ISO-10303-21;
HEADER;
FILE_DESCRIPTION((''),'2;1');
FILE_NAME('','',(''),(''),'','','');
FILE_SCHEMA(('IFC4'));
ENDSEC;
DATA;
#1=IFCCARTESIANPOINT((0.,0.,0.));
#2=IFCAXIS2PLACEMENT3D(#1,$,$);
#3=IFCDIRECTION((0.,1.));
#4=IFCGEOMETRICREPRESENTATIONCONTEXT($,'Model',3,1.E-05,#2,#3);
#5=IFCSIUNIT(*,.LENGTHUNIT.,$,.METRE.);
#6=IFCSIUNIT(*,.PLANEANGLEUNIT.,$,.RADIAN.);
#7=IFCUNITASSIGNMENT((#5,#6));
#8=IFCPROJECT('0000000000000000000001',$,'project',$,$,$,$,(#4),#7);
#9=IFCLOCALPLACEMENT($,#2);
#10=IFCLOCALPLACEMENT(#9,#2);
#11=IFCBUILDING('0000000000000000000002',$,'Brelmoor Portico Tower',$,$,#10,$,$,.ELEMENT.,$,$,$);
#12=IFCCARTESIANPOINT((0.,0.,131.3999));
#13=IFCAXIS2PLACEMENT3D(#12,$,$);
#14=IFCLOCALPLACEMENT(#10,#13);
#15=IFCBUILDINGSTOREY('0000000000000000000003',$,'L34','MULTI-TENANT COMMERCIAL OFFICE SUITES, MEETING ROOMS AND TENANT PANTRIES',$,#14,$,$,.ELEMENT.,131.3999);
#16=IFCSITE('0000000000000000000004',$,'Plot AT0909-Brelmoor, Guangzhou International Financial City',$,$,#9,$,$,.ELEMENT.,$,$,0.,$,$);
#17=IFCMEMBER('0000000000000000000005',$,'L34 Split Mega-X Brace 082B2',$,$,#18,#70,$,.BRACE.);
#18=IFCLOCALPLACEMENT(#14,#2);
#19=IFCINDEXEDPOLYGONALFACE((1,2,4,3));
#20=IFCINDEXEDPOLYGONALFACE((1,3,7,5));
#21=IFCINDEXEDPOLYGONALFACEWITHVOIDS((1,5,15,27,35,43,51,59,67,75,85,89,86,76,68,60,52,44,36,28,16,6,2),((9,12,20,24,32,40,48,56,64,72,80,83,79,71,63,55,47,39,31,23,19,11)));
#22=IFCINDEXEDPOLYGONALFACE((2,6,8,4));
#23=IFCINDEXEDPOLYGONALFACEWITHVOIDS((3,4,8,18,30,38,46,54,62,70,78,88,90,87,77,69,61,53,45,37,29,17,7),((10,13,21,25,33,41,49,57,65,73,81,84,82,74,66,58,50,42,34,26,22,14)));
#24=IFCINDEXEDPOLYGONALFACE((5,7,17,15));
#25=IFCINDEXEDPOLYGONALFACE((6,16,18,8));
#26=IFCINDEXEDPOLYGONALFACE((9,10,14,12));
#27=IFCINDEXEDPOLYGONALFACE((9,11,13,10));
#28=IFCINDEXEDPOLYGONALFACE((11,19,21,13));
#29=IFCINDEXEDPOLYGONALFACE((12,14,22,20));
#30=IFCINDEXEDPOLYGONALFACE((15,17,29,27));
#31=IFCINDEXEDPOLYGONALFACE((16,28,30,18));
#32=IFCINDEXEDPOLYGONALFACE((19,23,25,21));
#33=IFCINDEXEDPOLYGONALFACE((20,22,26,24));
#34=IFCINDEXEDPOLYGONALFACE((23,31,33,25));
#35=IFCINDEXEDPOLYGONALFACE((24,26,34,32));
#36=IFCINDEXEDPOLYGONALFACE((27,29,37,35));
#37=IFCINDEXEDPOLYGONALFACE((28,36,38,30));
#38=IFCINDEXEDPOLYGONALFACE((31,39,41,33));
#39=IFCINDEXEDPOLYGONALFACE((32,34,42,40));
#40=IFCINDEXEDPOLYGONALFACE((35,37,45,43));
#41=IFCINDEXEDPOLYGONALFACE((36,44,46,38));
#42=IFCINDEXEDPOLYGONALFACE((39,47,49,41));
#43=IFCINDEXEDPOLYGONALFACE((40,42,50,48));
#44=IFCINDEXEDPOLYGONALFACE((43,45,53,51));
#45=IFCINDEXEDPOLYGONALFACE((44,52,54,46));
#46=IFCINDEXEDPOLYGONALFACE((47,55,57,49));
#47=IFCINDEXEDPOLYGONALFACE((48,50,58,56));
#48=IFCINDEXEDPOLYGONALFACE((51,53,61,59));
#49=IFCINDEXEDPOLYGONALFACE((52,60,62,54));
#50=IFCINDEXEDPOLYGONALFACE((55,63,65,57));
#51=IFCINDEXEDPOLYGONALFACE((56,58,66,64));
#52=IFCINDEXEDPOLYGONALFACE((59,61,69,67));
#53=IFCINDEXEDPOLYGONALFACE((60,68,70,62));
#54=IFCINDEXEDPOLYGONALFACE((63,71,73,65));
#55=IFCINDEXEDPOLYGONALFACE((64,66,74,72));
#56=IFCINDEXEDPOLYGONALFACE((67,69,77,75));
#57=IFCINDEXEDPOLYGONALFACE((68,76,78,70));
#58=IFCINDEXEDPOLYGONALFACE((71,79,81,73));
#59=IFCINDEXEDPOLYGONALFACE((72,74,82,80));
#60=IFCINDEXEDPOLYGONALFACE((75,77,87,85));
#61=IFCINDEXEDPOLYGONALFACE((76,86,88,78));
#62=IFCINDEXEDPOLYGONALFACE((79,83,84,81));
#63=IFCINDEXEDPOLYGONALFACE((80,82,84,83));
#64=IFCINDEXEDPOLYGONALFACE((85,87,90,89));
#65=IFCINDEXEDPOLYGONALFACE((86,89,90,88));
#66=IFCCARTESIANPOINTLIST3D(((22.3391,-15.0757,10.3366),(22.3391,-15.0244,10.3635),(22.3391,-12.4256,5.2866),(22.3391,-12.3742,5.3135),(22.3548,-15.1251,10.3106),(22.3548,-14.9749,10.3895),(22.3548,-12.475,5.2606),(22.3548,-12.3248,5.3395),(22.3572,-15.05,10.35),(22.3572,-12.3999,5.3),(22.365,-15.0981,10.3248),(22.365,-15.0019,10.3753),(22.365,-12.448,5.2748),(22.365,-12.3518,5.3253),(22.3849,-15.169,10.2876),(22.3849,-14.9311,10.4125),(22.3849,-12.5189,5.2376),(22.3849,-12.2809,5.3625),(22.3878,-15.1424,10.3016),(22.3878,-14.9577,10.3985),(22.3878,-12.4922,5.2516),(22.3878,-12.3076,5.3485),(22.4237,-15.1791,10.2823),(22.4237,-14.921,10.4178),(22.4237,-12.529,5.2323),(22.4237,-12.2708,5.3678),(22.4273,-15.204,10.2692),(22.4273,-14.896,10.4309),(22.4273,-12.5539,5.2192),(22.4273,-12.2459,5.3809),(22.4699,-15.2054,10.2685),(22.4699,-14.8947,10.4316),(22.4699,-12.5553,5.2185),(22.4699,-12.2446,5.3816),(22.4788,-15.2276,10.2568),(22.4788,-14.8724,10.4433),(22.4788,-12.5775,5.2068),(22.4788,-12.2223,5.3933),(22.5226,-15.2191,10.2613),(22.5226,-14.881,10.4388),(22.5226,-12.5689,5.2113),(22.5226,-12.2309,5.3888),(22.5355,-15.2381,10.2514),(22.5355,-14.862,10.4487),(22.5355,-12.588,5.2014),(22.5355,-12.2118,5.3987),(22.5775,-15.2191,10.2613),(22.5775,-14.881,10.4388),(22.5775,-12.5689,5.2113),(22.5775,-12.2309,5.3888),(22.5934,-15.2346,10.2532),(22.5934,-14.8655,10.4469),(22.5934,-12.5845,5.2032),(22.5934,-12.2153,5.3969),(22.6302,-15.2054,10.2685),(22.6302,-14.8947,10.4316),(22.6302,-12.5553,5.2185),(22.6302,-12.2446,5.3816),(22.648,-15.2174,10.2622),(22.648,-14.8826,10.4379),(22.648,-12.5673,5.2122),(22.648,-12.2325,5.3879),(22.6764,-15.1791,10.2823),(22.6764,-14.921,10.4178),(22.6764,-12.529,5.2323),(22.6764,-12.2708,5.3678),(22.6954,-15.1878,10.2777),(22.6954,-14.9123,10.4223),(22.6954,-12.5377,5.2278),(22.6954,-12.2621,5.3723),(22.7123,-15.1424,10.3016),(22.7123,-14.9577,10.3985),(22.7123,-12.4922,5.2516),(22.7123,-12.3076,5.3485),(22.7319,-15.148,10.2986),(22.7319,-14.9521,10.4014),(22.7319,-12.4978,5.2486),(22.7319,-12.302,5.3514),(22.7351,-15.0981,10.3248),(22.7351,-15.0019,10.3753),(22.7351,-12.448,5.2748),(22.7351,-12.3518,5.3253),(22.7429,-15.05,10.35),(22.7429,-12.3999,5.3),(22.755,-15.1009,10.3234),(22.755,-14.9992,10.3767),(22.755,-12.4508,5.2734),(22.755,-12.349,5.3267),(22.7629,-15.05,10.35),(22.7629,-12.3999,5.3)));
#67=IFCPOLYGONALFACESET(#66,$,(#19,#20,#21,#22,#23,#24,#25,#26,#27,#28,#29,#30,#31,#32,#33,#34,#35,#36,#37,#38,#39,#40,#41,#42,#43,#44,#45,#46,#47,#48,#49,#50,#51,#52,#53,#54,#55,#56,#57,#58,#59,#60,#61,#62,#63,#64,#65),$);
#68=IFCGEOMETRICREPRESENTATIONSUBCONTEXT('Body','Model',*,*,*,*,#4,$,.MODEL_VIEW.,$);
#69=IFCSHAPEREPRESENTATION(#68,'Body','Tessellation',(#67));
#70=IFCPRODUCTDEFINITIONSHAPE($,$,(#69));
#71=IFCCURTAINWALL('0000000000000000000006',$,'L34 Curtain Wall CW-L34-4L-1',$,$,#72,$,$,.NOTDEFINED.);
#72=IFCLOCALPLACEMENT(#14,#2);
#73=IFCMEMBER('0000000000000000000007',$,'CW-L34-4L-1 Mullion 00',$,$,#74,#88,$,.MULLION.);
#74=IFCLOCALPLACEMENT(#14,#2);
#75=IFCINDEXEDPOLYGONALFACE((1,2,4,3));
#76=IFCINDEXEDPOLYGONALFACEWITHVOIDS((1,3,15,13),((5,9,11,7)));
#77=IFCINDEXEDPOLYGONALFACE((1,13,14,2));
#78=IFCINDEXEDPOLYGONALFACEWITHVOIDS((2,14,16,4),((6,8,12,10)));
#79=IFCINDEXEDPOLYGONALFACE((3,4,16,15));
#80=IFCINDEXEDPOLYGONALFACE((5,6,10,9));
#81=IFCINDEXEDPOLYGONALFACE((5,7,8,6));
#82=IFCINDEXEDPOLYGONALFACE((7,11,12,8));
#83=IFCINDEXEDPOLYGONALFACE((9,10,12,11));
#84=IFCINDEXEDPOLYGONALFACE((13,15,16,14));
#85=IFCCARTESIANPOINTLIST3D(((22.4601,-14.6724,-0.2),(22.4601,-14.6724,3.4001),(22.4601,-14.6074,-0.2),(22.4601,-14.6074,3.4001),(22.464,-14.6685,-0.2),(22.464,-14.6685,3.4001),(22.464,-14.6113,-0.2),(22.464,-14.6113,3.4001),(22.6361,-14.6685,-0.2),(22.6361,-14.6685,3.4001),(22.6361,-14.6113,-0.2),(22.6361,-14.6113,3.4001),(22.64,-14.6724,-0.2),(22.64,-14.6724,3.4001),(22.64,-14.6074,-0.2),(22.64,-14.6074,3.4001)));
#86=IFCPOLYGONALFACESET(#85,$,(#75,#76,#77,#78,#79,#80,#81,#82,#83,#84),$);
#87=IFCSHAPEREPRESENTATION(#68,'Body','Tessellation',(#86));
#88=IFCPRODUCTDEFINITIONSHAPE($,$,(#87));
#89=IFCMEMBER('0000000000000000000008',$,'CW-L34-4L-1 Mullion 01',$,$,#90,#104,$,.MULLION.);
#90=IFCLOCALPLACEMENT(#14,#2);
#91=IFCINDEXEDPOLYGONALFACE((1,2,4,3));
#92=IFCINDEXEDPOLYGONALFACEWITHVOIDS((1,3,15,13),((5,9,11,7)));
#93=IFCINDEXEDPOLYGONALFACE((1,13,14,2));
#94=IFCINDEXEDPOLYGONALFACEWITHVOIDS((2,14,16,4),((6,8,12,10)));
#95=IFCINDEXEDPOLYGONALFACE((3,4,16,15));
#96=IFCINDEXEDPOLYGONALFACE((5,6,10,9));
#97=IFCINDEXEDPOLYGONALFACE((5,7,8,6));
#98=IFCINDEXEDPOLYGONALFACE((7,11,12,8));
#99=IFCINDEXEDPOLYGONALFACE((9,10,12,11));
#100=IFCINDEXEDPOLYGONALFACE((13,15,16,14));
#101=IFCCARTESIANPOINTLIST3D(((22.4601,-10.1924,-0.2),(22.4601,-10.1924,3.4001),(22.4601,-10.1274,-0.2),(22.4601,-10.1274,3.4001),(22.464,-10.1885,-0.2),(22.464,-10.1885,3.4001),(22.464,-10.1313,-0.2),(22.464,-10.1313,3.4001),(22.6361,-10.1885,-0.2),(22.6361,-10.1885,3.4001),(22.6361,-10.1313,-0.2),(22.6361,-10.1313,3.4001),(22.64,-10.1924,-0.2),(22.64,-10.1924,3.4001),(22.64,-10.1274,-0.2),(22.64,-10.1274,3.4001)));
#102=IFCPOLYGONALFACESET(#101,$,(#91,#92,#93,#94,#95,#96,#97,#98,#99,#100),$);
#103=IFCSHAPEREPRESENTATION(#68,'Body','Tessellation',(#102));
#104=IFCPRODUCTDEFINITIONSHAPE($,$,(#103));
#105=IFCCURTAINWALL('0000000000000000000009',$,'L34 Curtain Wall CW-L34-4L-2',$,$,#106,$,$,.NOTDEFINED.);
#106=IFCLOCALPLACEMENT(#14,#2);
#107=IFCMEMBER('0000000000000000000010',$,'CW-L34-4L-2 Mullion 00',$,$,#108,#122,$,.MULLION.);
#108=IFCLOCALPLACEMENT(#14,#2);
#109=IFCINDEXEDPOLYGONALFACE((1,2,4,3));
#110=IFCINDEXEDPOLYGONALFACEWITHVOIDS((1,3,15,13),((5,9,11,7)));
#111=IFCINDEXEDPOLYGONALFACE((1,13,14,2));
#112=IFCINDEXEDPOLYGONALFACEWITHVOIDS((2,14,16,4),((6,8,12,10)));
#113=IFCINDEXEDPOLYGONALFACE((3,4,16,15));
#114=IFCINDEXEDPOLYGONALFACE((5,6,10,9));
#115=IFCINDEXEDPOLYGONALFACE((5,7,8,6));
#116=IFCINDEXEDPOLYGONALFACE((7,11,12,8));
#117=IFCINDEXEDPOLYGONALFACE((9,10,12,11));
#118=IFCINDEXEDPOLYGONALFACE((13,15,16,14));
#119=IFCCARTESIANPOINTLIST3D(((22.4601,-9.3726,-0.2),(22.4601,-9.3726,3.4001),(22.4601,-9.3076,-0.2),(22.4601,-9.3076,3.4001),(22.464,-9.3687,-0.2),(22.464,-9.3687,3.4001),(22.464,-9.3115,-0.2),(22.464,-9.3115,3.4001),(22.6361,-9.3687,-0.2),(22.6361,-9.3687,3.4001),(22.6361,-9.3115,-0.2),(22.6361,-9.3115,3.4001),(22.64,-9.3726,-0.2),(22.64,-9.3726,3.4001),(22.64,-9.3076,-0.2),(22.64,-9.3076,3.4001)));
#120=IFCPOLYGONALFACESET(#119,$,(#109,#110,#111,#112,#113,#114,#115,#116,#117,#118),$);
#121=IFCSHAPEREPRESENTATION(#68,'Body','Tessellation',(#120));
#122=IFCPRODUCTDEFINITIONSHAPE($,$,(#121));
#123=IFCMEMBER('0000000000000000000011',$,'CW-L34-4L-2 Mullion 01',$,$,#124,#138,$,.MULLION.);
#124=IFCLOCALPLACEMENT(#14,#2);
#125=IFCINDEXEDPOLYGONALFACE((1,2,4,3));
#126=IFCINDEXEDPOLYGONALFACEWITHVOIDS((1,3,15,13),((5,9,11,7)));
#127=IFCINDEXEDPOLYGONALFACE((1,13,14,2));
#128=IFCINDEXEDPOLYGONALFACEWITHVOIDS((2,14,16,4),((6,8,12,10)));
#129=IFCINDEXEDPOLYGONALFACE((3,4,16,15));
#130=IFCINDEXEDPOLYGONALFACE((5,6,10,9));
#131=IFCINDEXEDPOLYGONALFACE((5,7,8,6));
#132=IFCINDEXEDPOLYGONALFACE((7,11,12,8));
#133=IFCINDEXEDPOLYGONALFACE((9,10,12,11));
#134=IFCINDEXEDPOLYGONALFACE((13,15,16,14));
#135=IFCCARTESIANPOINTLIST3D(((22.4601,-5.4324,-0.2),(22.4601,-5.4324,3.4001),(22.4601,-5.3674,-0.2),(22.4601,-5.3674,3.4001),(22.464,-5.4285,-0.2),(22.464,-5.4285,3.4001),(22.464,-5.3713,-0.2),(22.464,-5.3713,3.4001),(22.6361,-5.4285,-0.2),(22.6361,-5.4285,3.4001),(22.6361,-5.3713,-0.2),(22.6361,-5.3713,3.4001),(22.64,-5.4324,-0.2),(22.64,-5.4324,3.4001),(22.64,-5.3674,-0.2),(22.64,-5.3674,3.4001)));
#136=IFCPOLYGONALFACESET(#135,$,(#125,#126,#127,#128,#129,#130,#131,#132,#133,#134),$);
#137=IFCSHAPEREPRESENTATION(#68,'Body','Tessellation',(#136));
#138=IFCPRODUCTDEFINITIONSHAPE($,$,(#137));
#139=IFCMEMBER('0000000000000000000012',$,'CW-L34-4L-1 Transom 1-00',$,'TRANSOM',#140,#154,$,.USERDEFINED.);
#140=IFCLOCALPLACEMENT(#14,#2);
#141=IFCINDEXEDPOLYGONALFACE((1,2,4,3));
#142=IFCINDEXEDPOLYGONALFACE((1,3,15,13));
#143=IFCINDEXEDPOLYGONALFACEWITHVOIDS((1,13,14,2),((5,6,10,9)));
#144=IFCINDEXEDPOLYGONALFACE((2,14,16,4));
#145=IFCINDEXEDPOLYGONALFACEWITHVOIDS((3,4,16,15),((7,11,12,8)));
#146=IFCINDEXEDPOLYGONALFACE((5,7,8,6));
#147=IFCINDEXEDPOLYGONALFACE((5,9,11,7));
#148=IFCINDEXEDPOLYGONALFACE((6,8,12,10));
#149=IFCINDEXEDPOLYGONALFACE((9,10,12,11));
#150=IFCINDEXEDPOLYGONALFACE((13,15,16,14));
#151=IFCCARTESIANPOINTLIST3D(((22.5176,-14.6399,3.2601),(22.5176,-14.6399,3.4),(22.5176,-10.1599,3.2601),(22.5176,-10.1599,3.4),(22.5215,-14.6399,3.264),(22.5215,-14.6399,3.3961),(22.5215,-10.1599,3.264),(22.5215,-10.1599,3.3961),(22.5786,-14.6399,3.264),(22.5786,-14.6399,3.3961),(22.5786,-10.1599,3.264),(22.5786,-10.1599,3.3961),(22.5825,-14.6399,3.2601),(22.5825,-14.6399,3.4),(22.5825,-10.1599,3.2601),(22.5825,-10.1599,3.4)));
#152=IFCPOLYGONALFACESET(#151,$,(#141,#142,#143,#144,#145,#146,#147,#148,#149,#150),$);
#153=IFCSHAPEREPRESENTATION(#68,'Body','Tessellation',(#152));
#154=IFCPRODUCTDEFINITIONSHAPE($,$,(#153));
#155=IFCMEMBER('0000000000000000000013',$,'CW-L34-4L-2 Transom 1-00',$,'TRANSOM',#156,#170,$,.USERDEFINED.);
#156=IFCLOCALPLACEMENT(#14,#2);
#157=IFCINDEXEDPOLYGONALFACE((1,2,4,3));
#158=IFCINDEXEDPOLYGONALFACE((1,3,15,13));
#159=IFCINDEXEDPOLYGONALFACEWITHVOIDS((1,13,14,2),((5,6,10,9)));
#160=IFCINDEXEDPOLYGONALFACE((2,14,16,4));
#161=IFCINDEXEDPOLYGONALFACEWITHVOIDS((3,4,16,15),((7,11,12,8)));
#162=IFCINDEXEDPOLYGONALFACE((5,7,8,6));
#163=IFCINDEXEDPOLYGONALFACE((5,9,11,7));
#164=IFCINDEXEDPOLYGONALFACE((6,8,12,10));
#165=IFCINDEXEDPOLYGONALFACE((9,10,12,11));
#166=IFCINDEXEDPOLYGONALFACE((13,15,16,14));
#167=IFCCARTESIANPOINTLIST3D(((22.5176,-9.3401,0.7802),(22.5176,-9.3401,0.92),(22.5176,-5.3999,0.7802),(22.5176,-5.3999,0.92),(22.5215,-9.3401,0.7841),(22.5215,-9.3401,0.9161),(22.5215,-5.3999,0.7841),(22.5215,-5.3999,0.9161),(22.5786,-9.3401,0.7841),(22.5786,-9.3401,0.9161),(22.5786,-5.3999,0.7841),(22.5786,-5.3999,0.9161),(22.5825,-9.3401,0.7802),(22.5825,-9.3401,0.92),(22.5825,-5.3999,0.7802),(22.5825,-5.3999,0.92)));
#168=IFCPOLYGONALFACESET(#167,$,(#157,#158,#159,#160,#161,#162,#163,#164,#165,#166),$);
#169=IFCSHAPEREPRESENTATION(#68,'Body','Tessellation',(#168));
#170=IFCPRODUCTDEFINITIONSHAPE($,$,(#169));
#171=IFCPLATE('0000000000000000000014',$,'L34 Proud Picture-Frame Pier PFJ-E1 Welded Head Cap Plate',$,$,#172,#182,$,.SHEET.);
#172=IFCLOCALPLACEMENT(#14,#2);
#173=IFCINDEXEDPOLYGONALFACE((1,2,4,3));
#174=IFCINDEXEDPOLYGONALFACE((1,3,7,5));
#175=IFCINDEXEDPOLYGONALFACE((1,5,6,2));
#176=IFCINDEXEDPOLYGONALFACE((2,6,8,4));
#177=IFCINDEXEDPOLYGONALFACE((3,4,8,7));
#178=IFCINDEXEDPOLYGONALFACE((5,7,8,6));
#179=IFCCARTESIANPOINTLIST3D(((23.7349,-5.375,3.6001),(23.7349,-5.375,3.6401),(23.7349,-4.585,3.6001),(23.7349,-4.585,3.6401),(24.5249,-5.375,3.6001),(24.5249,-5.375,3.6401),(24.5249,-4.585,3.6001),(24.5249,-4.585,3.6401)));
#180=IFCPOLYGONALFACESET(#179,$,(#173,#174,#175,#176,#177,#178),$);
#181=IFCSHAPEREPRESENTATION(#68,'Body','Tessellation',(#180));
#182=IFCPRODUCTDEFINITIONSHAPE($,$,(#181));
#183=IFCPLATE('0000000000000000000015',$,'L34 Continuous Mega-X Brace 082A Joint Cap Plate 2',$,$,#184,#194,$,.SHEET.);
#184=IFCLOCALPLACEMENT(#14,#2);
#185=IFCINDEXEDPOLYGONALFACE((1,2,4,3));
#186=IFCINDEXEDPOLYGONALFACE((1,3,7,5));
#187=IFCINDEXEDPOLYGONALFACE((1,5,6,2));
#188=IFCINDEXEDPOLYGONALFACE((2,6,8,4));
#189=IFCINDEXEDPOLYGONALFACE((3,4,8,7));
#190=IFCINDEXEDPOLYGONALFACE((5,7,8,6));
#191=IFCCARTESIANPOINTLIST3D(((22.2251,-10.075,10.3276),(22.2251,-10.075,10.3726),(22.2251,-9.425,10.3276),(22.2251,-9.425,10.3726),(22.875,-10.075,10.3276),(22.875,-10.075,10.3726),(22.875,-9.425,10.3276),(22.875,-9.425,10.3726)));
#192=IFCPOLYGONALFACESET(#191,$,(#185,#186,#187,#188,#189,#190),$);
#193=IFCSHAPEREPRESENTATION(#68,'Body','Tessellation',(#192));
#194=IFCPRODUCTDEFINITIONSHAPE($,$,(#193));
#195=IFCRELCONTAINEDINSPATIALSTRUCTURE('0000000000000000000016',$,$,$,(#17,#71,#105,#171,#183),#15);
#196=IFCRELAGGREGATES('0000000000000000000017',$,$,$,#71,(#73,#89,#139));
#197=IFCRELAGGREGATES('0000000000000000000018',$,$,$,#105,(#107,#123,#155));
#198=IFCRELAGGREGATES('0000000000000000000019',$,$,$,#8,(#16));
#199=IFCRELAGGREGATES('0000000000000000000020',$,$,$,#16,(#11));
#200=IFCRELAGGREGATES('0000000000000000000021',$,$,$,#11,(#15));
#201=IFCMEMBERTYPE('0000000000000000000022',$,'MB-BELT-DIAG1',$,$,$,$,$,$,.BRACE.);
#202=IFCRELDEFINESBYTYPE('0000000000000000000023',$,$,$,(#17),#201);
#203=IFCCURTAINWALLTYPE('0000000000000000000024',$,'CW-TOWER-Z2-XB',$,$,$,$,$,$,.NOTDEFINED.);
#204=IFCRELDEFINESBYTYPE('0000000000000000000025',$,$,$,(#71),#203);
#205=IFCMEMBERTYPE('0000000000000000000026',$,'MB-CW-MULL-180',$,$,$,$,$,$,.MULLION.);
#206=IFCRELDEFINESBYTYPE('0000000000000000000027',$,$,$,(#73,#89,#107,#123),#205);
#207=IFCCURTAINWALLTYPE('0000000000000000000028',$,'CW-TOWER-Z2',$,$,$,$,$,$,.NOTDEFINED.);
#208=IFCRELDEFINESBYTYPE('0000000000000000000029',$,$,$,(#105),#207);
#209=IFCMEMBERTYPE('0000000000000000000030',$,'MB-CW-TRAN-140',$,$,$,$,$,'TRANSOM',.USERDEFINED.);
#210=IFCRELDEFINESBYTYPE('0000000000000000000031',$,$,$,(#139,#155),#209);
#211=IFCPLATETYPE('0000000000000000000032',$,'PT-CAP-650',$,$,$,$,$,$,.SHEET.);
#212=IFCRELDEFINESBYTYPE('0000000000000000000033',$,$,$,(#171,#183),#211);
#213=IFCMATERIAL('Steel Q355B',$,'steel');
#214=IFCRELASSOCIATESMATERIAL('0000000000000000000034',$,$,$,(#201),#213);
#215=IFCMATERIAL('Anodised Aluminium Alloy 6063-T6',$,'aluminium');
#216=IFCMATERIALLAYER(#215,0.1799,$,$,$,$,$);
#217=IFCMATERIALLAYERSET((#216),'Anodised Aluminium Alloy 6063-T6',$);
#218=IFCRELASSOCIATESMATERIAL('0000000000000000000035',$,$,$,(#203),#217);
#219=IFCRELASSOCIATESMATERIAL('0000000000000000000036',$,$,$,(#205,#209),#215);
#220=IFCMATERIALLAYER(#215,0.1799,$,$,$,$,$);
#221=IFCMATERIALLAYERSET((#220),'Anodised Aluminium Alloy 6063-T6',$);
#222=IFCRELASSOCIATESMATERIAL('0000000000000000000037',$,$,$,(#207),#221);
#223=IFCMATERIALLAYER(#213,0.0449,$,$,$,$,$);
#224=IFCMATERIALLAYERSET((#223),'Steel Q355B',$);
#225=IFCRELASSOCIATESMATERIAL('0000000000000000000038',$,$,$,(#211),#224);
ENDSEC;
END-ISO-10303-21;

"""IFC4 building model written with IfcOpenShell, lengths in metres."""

from ifc_helpers import new_model, si_unit, direction, frame, origin, origin_2d, place, context, subcontext, project, spatial, rectangle, hollow_rectangle, hollow_circle, extrude, material, layer, layer_set, material_profile, profile_set, type_object, element, aggregate, save


model = new_model("IFC4")

# Units and contexts
model_context = context("Model", 3, precision=1e-05, world=origin(), true_north=direction((0.0, 1.0)))
body_context = subcontext(model_context, "Body", "Model", "MODEL_VIEW")
ifc_project = project(units=[si_unit("LENGTHUNIT", "METRE"), si_unit("PLANEANGLEUNIT", "RADIAN")], contexts=[model_context])

# Site, building, storey
site_placement = place(None, origin())
site = spatial("IfcSite", under=ifc_project, at=site_placement, Name="Plot AT0909-Brelmoor, Guangzhou International Financial City", CompositionType="ELEMENT", RefElevation=0.0)
building_placement = place(site_placement, origin())
building = spatial("IfcBuilding", under=site, at=building_placement, Name="Brelmoor Portico Tower", CompositionType="ELEMENT")
storey_placement = place(building_placement, frame((0.0, 0.0, 131.3999)))
storey = spatial("IfcBuildingStorey", under=building, at=storey_placement, Name="L34", Description="MULTI-TENANT COMMERCIAL OFFICE SUITES, MEETING ROOMS AND TENANT PANTRIES", CompositionType="ELEMENT", Elevation=131.3999)

# Shared definitions
ifc_material_1 = material(Name="Steel Q355B", Category="steel")

# Member
ifc_material_profile_1 = material_profile(ifc_material_1, hollow_circle(Radius=0.2129, WallThickness=0.02, at=origin_2d()), Name="CHS 426x20")
ifc_profile_set_1 = profile_set([ifc_material_profile_1], Name="Steel Q355B")
member_type_1 = type_object("IfcMemberType", Name="MB-BELT-DIAG1", PredefinedType="BRACE", material=ifc_profile_set_1)
for number, where, z_axis, x_axis, name in (
    (1, (22.55, -12.3999, 5.3), (0.0, -0.464679, 0.885479), (1.0, 0.0, 0.0), "L34 Split Mega-X Brace 082B2"),
):
    element("IfcMember", number, at=place(storey_placement, frame(where, z_axis=z_axis, x_axis=x_axis)), inside=storey, type_object=member_type_1, Name=name, PredefinedType="BRACE", context=body_context, shape_type="SweptSolid", body=[
        extrude(hollow_circle(Radius=0.2129, WallThickness=0.02, at=origin_2d()), origin(), (0.0, 0.0, 1.0), 5.7031),
    ])

# Curtain walls, members
ifc_material_2 = material(Name="Anodised Aluminium Alloy 6063-T6", Category="aluminium")
ifc_layer_1 = layer(ifc_material_2, 0.1799)
ifc_layer_set_1 = layer_set([ifc_layer_1], Name="Anodised Aluminium Alloy 6063-T6")
curtain_wall_type_1 = type_object("IfcCurtainWallType", Name="CW-TOWER-Z2-XB", PredefinedType="NOTDEFINED", material=ifc_layer_set_1)
curtain_wall_1_placement = place(storey_placement, origin())
curtain_wall_1 = element("IfcCurtainWall", 2, at=curtain_wall_1_placement, inside=storey, type_object=curtain_wall_type_1, Name="L34 Curtain Wall CW-L34-4L-1", PredefinedType="NOTDEFINED")
ifc_material_profile_2 = material_profile(ifc_material_2, hollow_rectangle(XDim=0.0649, YDim=0.1799, WallThickness=0.0039, at=origin_2d()), Name="ALU MULLION 65x180")
ifc_profile_set_2 = profile_set([ifc_material_profile_2], Name="Anodised Aluminium Alloy 6063-T6")
member_type_2 = type_object("IfcMemberType", Name="MB-CW-MULL-180", PredefinedType="MULLION", material=ifc_profile_set_2)
member_1_placement = place(storey_placement, frame((22.55, -14.6399, -0.2), z_axis=(0.0, 0.0, 1.0), x_axis=(0.0, 1.0, 0.0)))
member_1 = element("IfcMember", 3, at=member_1_placement, type_object=member_type_2, Name="CW-L34-4L-1 Mullion 00", PredefinedType="MULLION", context=body_context, shape_type="SweptSolid", body=[
    extrude(hollow_rectangle(XDim=0.0649, YDim=0.1799, WallThickness=0.0039, at=origin_2d()), origin(), (0.0, 0.0, 1.0), 3.6001),
])
member_2_placement = place(storey_placement, frame((22.55, -10.1599, -0.2), z_axis=(0.0, 0.0, 1.0), x_axis=(0.0, 1.0, 0.0)))
member_2 = element("IfcMember", 4, at=member_2_placement, type_object=member_type_2, Name="CW-L34-4L-1 Mullion 01", PredefinedType="MULLION", context=body_context, shape_type="SweptSolid", body=[
    extrude(hollow_rectangle(XDim=0.0649, YDim=0.1799, WallThickness=0.0039, at=origin_2d()), origin(), (0.0, 0.0, 1.0), 3.6001),
])
ifc_layer_2 = layer(ifc_material_2, 0.1799)
ifc_layer_set_2 = layer_set([ifc_layer_2], Name="Anodised Aluminium Alloy 6063-T6")
curtain_wall_type_2 = type_object("IfcCurtainWallType", Name="CW-TOWER-Z2", PredefinedType="NOTDEFINED", material=ifc_layer_set_2)
curtain_wall_2_placement = place(storey_placement, origin())
curtain_wall_2 = element("IfcCurtainWall", 5, at=curtain_wall_2_placement, inside=storey, type_object=curtain_wall_type_2, Name="L34 Curtain Wall CW-L34-4L-2", PredefinedType="NOTDEFINED")
member_3_placement = place(storey_placement, frame((22.55, -9.3401, -0.2), z_axis=(0.0, 0.0, 1.0), x_axis=(0.0, 1.0, 0.0)))
member_3 = element("IfcMember", 6, at=member_3_placement, type_object=member_type_2, Name="CW-L34-4L-2 Mullion 00", PredefinedType="MULLION", context=body_context, shape_type="SweptSolid", body=[
    extrude(hollow_rectangle(XDim=0.0649, YDim=0.1799, WallThickness=0.0039, at=origin_2d()), origin(), (0.0, 0.0, 1.0), 3.6001),
])
member_4_placement = place(storey_placement, frame((22.55, -5.3999, -0.2), z_axis=(0.0, 0.0, 1.0), x_axis=(0.0, 1.0, 0.0)))
member_4 = element("IfcMember", 7, at=member_4_placement, type_object=member_type_2, Name="CW-L34-4L-2 Mullion 01", PredefinedType="MULLION", context=body_context, shape_type="SweptSolid", body=[
    extrude(hollow_rectangle(XDim=0.0649, YDim=0.1799, WallThickness=0.0039, at=origin_2d()), origin(), (0.0, 0.0, 1.0), 3.6001),
])

# Members
ifc_material_profile_3 = material_profile(ifc_material_2, hollow_rectangle(XDim=0.0649, YDim=0.1399, WallThickness=0.0039, at=origin_2d()), Name="ALU TRANSOM 65x140")
ifc_profile_set_3 = profile_set([ifc_material_profile_3], Name="Anodised Aluminium Alloy 6063-T6")
member_type_3 = type_object("IfcMemberType", Name="MB-CW-TRAN-140", ElementType="TRANSOM", PredefinedType="USERDEFINED", material=ifc_profile_set_3)
member_5_placement = place(storey_placement, frame((22.55, -14.6399, 3.3301), z_axis=(0.0, 1.0, 0.0), x_axis=(-1.0, 0.0, 0.0)))
member_5 = element("IfcMember", 8, at=member_5_placement, type_object=member_type_3, Name="CW-L34-4L-1 Transom 1-00", ObjectType="TRANSOM", PredefinedType="USERDEFINED", context=body_context, shape_type="SweptSolid", body=[
    extrude(hollow_rectangle(XDim=0.0649, YDim=0.1399, WallThickness=0.0039, at=origin_2d()), origin(), (0.0, 0.0, 1.0), 4.48),
])
member_6_placement = place(storey_placement, frame((22.55, -9.3401, 0.8501), z_axis=(0.0, 1.0, 0.0), x_axis=(-1.0, 0.0, 0.0)))
member_6 = element("IfcMember", 9, at=member_6_placement, type_object=member_type_3, Name="CW-L34-4L-2 Transom 1-00", ObjectType="TRANSOM", PredefinedType="USERDEFINED", context=body_context, shape_type="SweptSolid", body=[
    extrude(hollow_rectangle(XDim=0.0649, YDim=0.1399, WallThickness=0.0039, at=origin_2d()), origin(), (0.0, 0.0, 1.0), 3.9402),
])

# Plates
ifc_layer_3 = layer(ifc_material_1, 0.0449)
ifc_layer_set_3 = layer_set([ifc_layer_3], Name="Steel Q355B")
plate_type_1 = type_object("IfcPlateType", Name="PT-CAP-650", PredefinedType="SHEET", material=ifc_layer_set_3)
plate_1_placement = place(storey_placement, frame((24.1299, -4.98, 3.6001), z_axis=(0.0, 0.0, 1.0), x_axis=(0.0, 1.0, 0.0)))
element("IfcPlate", 10, at=plate_1_placement, inside=storey, type_object=plate_type_1, Name="L34 Proud Picture-Frame Pier PFJ-E1 Welded Head Cap Plate", PredefinedType="SHEET", context=body_context, shape_type="SweptSolid", body=[
    extrude(rectangle(XDim=0.79, YDim=0.79, at=origin_2d()), origin(), (0.0, 0.0, 1.0), 0.04),
])
for number, where, z_axis, x_axis, name in (
    (11, (22.55, -9.75, 10.3276), (0.0, 0.0, 1.0), (1.0, 0.0, 0.0), "L34 Continuous Mega-X Brace 082A Joint Cap Plate 2"),
):
    element("IfcPlate", number, at=place(storey_placement, frame(where, z_axis=z_axis, x_axis=x_axis)), inside=storey, type_object=plate_type_1, Name=name, PredefinedType="SHEET", context=body_context, shape_type="SweptSolid", body=[
        extrude(rectangle(XDim=0.6499, YDim=0.6499, at=origin_2d()), origin(), (0.0, 0.0, 1.0), 0.0449),
    ])

aggregate(curtain_wall_1, [member_1, member_2, member_5])
aggregate(curtain_wall_2, [member_3, member_4, member_6])

save(model, "model.ifc")
